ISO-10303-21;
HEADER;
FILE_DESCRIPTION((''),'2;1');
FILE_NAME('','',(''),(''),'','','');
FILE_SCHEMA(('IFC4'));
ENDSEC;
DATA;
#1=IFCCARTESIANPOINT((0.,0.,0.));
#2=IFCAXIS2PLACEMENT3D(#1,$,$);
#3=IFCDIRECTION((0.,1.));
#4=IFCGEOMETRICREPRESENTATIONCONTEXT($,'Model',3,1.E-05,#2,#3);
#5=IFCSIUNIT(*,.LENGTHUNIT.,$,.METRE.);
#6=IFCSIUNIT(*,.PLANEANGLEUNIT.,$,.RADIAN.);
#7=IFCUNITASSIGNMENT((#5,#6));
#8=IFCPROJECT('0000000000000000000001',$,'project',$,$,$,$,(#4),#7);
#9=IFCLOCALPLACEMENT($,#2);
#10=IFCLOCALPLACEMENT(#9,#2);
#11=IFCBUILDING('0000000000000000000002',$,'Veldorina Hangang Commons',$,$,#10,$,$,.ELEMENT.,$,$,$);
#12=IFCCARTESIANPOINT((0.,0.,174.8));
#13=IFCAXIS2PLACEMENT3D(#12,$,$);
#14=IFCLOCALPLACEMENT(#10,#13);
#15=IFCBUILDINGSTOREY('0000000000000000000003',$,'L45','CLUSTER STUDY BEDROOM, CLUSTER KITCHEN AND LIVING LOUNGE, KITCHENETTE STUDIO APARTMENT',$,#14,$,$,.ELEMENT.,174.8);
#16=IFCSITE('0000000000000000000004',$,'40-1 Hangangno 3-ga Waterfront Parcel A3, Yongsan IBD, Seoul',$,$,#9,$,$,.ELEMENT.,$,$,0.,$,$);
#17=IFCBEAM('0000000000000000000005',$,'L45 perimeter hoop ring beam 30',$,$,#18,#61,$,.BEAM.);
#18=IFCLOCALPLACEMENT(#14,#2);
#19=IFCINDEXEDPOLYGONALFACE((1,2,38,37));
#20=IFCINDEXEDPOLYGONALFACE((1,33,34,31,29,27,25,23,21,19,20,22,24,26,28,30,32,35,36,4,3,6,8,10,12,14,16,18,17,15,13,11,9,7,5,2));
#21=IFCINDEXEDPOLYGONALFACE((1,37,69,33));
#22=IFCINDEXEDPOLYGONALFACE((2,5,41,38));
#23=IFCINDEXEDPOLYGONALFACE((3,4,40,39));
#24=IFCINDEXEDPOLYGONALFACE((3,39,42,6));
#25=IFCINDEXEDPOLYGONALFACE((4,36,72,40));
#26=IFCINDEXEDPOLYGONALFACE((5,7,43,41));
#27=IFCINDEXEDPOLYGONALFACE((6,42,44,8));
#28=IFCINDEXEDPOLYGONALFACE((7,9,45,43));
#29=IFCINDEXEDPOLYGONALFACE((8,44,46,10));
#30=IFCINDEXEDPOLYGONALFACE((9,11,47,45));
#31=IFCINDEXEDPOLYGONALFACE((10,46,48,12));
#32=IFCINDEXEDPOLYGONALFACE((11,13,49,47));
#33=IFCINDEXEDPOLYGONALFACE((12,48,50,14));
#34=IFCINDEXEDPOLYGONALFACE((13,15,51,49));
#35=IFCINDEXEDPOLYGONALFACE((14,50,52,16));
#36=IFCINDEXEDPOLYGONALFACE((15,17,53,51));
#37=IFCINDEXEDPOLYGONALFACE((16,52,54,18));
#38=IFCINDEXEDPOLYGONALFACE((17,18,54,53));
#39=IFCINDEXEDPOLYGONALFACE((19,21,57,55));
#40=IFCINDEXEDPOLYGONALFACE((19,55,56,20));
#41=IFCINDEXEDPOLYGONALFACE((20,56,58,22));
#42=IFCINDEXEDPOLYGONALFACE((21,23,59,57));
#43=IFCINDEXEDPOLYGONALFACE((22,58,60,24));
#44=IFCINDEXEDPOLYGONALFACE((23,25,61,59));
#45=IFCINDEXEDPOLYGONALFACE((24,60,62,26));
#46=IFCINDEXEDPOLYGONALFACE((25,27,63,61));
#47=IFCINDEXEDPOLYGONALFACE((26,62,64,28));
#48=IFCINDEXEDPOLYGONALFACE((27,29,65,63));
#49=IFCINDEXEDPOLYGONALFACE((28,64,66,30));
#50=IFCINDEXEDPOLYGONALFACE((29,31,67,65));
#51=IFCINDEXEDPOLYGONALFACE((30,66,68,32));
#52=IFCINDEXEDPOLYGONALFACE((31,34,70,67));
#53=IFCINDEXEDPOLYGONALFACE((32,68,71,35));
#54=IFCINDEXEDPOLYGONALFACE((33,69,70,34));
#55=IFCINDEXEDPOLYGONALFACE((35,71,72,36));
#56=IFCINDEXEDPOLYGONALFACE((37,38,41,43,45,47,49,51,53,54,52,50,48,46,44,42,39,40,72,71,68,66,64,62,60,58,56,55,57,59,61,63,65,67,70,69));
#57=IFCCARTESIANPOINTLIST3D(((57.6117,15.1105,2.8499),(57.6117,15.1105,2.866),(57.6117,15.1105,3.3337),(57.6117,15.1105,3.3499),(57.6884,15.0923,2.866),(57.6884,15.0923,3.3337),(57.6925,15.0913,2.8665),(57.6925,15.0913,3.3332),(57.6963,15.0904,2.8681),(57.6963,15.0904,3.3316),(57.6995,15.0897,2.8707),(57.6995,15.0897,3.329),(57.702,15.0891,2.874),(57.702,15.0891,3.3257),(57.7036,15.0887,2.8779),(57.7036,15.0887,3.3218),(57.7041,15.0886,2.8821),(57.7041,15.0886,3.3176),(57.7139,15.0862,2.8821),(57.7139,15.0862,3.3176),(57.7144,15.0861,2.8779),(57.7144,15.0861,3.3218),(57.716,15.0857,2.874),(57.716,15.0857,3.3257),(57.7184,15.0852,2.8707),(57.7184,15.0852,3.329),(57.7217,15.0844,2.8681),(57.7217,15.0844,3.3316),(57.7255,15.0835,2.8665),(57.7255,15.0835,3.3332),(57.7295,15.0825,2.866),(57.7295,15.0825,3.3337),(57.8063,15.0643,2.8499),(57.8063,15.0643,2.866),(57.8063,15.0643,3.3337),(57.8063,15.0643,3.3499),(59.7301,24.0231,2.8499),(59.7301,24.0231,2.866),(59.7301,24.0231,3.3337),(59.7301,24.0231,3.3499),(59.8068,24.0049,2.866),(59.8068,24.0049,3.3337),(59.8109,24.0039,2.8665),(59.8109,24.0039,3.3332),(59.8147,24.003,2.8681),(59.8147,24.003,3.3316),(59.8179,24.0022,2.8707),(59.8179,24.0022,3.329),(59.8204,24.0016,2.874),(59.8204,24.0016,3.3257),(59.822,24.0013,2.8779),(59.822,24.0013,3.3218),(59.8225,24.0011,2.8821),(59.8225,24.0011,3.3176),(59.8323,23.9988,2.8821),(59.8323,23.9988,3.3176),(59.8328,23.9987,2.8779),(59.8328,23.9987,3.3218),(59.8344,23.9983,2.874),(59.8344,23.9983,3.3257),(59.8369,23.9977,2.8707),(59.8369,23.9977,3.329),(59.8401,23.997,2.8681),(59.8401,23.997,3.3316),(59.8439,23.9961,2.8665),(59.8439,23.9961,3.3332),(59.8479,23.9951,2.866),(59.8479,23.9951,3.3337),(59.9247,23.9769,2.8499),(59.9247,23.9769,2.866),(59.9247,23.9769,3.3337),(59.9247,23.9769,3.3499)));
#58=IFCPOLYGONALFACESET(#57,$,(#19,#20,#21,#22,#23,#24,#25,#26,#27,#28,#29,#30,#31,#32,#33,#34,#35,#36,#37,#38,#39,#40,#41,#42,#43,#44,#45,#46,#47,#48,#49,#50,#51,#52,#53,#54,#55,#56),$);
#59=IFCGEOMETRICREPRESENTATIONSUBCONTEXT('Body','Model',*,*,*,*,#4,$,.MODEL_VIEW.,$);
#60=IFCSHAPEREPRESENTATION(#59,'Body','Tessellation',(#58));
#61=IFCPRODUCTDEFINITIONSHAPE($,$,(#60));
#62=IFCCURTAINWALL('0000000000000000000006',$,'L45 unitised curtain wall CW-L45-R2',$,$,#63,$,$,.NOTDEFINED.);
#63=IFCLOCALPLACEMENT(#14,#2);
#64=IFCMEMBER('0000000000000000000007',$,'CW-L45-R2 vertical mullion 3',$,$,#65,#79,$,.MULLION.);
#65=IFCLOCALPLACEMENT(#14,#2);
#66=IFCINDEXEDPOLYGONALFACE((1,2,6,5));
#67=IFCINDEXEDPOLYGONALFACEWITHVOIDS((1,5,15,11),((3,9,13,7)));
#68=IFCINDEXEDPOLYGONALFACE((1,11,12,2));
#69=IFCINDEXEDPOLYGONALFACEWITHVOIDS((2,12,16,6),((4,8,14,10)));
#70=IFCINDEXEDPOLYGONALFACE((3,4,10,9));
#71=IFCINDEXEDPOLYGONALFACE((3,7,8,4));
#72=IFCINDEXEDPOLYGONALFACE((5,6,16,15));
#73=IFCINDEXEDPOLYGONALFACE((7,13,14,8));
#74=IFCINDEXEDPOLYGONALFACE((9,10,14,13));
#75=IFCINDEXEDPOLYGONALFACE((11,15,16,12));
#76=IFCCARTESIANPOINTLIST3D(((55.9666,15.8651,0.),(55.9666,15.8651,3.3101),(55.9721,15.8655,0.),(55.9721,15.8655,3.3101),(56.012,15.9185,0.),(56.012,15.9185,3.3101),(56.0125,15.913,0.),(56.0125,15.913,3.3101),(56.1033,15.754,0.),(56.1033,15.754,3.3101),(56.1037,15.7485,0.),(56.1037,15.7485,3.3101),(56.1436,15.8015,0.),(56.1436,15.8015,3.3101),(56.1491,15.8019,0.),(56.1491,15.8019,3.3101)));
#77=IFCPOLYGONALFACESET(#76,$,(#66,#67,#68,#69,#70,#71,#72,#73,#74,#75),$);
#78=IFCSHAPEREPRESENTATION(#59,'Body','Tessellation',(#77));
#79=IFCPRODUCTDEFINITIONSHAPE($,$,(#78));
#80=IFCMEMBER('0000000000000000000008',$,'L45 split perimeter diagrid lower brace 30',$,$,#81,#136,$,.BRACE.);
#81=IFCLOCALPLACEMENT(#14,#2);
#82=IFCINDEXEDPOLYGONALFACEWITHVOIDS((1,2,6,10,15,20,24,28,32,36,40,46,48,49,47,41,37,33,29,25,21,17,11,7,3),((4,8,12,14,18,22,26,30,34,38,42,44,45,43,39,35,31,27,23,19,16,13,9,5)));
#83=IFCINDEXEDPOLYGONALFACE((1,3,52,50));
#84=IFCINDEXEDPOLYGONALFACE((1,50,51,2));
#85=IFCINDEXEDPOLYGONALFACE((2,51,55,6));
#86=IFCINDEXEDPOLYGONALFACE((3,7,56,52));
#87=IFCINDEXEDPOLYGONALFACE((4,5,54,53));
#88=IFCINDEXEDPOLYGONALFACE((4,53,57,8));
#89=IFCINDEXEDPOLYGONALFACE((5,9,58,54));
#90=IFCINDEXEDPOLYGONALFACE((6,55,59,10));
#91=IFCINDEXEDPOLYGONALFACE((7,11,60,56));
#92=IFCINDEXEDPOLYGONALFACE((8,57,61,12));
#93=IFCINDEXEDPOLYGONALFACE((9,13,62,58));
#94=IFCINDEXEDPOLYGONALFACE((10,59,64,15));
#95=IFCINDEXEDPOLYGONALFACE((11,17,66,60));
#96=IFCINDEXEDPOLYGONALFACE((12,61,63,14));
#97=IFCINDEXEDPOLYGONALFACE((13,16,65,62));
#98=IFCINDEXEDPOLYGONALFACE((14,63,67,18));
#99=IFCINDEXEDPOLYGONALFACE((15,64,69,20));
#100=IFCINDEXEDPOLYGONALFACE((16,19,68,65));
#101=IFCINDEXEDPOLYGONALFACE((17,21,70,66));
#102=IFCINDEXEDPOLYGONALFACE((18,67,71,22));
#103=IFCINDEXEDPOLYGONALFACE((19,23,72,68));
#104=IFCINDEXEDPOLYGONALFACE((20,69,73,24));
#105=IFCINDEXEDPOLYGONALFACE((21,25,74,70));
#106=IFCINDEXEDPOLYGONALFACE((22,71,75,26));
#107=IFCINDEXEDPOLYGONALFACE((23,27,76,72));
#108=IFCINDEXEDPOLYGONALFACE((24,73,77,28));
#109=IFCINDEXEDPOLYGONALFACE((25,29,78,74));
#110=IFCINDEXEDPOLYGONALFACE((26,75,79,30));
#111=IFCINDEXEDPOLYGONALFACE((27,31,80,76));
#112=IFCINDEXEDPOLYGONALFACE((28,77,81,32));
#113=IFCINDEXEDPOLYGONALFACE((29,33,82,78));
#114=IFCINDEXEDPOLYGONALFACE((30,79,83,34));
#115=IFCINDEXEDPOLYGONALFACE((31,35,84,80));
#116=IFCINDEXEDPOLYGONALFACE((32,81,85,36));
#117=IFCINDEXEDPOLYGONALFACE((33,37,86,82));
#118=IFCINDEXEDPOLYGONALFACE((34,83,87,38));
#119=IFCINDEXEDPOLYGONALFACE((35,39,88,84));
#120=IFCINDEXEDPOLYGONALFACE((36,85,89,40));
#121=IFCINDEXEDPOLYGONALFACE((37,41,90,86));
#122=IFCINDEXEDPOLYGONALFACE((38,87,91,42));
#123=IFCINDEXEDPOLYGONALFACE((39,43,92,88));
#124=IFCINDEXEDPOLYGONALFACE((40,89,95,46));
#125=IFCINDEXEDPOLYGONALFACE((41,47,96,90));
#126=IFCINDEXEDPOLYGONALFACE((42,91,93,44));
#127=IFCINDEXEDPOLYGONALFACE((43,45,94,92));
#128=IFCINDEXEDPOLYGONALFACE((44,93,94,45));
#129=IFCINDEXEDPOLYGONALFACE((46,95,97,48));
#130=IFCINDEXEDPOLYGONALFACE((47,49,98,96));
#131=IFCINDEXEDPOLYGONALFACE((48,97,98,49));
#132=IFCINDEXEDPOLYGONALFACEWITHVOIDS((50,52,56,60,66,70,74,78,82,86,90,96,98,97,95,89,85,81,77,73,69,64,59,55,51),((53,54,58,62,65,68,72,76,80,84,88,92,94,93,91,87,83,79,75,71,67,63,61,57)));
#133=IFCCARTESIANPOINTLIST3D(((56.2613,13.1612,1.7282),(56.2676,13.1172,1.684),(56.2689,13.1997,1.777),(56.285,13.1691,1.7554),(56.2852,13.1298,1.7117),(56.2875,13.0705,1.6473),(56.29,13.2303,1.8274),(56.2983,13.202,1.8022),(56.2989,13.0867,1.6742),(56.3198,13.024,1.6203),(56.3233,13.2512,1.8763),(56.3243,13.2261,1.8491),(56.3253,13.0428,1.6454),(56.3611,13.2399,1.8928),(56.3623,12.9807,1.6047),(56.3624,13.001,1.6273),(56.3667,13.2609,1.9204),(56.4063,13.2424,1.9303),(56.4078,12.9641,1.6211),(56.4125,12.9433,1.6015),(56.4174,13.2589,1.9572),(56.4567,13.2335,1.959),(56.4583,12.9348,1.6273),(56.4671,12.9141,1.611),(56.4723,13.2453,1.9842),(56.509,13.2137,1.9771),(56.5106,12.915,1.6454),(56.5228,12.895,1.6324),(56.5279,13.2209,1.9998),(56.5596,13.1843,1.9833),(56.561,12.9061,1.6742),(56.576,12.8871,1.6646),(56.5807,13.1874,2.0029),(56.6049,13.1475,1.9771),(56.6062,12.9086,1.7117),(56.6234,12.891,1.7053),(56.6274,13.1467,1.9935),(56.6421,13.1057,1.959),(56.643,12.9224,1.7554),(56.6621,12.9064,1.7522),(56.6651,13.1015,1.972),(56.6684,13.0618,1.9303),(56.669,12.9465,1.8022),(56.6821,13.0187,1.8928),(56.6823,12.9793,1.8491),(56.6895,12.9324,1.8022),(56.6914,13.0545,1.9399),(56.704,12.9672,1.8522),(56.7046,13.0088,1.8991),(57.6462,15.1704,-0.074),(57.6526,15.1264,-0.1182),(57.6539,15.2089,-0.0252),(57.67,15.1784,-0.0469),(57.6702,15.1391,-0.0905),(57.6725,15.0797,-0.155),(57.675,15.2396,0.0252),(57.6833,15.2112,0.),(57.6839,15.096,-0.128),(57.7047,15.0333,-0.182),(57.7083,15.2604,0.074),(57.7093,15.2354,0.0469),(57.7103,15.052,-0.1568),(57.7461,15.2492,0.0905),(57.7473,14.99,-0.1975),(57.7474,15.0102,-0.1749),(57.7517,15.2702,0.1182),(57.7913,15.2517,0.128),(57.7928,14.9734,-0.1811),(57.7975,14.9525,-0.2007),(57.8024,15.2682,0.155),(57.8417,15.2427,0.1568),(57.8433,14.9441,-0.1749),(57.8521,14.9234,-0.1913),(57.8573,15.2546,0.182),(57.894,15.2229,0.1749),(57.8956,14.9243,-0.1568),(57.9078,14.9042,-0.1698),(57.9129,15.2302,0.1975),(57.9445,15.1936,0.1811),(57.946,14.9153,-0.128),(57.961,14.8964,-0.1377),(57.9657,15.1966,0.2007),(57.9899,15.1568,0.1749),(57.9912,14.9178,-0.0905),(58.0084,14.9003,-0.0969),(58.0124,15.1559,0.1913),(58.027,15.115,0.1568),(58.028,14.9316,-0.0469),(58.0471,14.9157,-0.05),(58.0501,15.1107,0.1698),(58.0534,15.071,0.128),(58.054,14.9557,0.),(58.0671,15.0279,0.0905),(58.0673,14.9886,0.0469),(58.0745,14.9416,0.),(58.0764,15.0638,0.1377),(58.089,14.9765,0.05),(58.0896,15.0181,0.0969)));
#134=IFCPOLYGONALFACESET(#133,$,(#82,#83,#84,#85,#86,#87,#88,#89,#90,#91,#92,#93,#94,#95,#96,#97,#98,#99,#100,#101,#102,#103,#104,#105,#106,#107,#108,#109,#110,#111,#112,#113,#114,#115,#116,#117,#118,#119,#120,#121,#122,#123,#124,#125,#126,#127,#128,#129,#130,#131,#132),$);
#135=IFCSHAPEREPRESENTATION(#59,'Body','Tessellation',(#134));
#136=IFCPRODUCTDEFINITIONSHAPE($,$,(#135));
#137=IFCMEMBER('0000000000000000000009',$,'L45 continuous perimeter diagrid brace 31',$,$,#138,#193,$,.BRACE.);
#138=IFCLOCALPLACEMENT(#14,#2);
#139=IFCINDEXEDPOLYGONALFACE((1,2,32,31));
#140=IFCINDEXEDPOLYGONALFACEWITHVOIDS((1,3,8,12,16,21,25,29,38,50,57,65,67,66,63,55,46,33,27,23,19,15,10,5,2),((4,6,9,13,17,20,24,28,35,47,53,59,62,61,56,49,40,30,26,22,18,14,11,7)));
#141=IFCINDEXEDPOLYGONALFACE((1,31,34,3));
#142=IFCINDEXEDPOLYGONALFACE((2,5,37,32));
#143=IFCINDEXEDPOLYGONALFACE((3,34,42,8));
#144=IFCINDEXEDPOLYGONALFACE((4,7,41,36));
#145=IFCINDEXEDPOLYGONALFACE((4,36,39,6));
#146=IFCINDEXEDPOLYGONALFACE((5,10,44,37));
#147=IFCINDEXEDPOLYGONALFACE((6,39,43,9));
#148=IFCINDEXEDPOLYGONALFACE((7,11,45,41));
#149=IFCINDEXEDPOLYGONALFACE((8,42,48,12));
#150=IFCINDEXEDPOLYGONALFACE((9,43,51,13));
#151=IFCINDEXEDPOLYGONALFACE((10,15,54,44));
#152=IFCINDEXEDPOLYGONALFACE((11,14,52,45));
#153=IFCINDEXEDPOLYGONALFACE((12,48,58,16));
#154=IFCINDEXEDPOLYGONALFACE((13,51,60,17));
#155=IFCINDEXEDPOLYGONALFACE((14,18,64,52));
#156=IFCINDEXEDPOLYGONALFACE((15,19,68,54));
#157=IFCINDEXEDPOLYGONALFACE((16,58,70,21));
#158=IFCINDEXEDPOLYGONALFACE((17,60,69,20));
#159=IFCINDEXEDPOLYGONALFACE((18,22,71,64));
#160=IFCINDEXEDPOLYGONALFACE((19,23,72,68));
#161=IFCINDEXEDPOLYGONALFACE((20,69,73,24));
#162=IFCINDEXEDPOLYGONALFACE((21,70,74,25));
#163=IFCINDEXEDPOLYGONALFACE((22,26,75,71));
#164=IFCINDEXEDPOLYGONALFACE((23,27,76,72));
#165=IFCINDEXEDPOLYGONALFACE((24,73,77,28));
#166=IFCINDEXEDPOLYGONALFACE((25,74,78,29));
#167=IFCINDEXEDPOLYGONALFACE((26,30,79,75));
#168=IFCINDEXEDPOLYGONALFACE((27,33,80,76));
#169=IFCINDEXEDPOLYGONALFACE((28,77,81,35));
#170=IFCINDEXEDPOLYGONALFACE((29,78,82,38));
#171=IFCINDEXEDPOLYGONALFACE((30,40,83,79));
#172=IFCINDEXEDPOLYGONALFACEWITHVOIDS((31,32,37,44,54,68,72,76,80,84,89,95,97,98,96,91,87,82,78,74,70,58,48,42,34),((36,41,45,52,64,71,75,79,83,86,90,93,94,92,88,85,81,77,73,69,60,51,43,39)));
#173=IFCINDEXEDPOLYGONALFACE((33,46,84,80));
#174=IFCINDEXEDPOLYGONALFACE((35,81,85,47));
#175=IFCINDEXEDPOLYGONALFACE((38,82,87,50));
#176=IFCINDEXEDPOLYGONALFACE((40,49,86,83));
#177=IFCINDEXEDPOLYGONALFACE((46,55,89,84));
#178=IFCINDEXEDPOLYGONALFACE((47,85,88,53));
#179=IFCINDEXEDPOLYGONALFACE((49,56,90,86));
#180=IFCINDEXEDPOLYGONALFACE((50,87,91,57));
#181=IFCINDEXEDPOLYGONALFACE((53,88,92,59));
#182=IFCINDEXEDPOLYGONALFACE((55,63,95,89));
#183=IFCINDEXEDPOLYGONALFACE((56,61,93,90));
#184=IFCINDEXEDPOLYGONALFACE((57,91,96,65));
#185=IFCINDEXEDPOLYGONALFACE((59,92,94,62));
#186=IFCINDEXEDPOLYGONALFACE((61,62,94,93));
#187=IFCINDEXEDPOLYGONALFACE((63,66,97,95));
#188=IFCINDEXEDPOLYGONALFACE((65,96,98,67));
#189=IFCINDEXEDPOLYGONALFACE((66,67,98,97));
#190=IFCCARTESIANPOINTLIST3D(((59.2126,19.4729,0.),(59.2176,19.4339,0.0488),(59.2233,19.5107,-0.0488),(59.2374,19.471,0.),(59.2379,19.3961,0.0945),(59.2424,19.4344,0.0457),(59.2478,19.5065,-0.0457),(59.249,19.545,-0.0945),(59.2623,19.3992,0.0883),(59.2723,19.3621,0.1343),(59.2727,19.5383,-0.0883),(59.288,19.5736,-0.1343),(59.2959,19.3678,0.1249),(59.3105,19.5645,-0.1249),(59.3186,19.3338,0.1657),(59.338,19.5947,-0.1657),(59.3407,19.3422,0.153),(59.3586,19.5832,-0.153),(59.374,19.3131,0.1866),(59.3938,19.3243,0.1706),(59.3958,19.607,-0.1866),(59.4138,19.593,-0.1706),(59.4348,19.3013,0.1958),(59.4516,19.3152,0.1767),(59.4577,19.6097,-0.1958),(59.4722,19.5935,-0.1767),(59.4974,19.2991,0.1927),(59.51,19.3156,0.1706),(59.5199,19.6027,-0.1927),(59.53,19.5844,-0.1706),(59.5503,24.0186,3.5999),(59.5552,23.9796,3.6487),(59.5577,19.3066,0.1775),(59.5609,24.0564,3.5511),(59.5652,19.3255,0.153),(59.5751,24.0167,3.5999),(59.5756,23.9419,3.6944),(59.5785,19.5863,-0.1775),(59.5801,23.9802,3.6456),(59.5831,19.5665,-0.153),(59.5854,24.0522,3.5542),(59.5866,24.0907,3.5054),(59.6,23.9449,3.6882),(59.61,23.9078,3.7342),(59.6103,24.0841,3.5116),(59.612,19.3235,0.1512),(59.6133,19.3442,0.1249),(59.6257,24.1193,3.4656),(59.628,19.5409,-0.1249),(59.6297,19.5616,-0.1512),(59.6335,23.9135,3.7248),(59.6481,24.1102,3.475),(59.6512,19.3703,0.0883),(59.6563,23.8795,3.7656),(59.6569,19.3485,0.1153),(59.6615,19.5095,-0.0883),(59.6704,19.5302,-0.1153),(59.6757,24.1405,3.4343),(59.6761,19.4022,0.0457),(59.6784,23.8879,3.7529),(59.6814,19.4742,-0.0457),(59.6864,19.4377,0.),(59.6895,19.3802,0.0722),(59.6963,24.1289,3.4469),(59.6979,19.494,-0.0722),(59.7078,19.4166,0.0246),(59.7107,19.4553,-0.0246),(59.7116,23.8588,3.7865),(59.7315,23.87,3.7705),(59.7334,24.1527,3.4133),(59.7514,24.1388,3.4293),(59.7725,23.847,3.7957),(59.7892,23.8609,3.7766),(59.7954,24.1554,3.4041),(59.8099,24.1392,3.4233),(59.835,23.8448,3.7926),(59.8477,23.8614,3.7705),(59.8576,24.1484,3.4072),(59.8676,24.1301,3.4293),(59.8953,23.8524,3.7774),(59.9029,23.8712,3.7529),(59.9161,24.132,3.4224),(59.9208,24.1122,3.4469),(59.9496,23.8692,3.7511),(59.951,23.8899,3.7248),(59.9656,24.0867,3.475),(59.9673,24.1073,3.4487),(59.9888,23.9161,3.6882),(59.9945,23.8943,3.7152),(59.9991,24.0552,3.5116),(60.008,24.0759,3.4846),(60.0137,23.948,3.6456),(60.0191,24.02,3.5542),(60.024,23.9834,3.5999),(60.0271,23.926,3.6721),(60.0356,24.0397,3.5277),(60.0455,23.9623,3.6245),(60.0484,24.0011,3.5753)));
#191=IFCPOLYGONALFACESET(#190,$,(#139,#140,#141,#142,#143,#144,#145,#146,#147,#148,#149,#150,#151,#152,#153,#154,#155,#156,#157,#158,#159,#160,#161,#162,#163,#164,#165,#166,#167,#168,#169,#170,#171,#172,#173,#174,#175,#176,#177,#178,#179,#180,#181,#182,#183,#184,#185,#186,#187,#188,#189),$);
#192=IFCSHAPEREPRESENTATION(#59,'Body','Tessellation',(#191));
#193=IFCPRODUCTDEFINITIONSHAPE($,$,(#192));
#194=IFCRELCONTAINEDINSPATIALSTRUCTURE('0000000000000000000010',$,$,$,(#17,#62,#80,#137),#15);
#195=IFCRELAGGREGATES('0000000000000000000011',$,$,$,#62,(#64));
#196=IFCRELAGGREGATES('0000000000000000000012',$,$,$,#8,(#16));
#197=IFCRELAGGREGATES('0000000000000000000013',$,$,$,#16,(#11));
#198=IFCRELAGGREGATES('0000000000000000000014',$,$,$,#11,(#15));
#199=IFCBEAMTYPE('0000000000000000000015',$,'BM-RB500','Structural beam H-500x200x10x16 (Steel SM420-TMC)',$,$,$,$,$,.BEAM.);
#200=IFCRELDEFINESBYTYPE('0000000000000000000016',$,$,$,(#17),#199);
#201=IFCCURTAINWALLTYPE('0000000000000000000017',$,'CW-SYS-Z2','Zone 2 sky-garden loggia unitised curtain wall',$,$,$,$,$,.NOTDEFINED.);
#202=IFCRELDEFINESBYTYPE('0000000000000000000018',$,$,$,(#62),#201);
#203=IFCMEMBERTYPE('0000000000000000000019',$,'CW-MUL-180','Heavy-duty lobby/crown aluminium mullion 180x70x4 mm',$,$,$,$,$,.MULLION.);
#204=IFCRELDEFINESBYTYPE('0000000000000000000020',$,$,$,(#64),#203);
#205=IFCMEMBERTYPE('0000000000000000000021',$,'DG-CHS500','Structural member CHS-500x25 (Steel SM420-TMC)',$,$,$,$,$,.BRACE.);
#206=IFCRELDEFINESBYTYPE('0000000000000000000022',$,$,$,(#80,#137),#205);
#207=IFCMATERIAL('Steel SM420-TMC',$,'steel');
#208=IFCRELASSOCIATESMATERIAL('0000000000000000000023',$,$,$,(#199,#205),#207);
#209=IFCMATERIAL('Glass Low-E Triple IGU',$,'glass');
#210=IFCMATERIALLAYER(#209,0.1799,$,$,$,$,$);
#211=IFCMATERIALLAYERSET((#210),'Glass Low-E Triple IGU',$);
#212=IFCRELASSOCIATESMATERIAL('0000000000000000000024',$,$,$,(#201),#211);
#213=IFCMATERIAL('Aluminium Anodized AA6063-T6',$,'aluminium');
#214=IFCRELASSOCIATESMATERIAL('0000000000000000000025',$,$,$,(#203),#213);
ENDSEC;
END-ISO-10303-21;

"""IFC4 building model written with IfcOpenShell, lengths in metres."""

from ifc_helpers import new_model, si_unit, direction, frame, origin, origin_2d, place, context, subcontext, project, spatial, hollow_rectangle, hollow_circle, i_section, extrude, material, layer, layer_set, material_profile, profile_set, type_object, element, aggregate, save


model = new_model("IFC4")

# Units and contexts
model_context = context("Model", 3, precision=1e-05, world=origin(), true_north=direction((0.0, 1.0)))
body_context = subcontext(model_context, "Body", "Model", "MODEL_VIEW")
ifc_project = project(units=[si_unit("LENGTHUNIT", "METRE"), si_unit("PLANEANGLEUNIT", "RADIAN")], contexts=[model_context])

# Site, building, storey
site_placement = place(None, origin())
site = spatial("IfcSite", under=ifc_project, at=site_placement, Name="40-1 Hangangno 3-ga Waterfront Parcel A3, Yongsan IBD, Seoul", CompositionType="ELEMENT", RefElevation=0.0)
building_placement = place(site_placement, origin())
building = spatial("IfcBuilding", under=site, at=building_placement, Name="Veldorina Hangang Commons", CompositionType="ELEMENT")
storey_placement = place(building_placement, frame((0.0, 0.0, 174.8)))
storey = spatial("IfcBuildingStorey", under=building, at=storey_placement, Name="L45", Description="CLUSTER STUDY BEDROOM, CLUSTER KITCHEN AND LIVING LOUNGE, KITCHENETTE STUDIO APARTMENT", CompositionType="ELEMENT", Elevation=174.8)

# Beam
ifc_material_1 = material(Name="Steel SM420-TMC", Category="steel")
ifc_material_profile_1 = material_profile(ifc_material_1, i_section(OverallWidth=0.2, OverallDepth=0.5, WebThickness=0.01, FlangeThickness=0.0161, FilletRadius=0.0161, at=origin_2d()), Name="H-500x200x10x16")
ifc_profile_set_1 = profile_set([ifc_material_profile_1], Name="Steel SM420-TMC")
beam_type = type_object("IfcBeamType", Name="BM-RB500", Description="Structural beam H-500x200x10x16 (Steel SM420-TMC)", PredefinedType="BEAM", material=ifc_profile_set_1)
beam_placement = place(storey_placement, frame((57.709, 15.0874, 3.0999), z_axis=(0.231245, 0.972896, 0.0), x_axis=(-0.972896, 0.231245, 0.0)))
element("IfcBeam", 1, at=beam_placement, inside=storey, type_object=beam_type, Name="L45 perimeter hoop ring beam 30", PredefinedType="BEAM", context=body_context, shape_type="SweptSolid", body=[
    extrude(i_section(OverallWidth=0.2, OverallDepth=0.5, WebThickness=0.01, FlangeThickness=0.0161, FilletRadius=0.0161, at=origin_2d()), origin(), (0.0, 0.0, 1.0), 9.1609),
])

# Curtain wall, member
ifc_material_2 = material(Name="Glass Low-E Triple IGU", Category="glass")
ifc_layer_1 = layer(ifc_material_2, 0.1799)
ifc_layer_set_1 = layer_set([ifc_layer_1], Name="Glass Low-E Triple IGU")
curtain_wall_type = type_object("IfcCurtainWallType", Name="CW-SYS-Z2", Description="Zone 2 sky-garden loggia unitised curtain wall", PredefinedType="NOTDEFINED", material=ifc_layer_set_1)
curtain_wall_placement = place(storey_placement, origin())
curtain_wall = element("IfcCurtainWall", 2, at=curtain_wall_placement, inside=storey, type_object=curtain_wall_type, Name="L45 unitised curtain wall CW-L45-R2", PredefinedType="NOTDEFINED")
ifc_material_3 = material(Name="Aluminium Anodized AA6063-T6", Category="aluminium")
ifc_material_profile_2 = material_profile(ifc_material_3, hollow_rectangle(XDim=0.0701, YDim=0.1799, WallThickness=0.0039, at=origin_2d()), Name="ALU-RHS-180x70x4")
ifc_profile_set_2 = profile_set([ifc_material_profile_2], Name="Aluminium Anodized AA6063-T6")
member_type_1 = type_object("IfcMemberType", Name="CW-MUL-180", Description="Heavy-duty lobby/crown aluminium mullion 180x70x4 mm", PredefinedType="MULLION", material=ifc_profile_set_2)
member_1_placement = place(storey_placement, frame((56.0579, 15.8335, 0.0), z_axis=(0.0, 0.0, 1.0), x_axis=(-0.647721, -0.761878, 0.0)))
member_1 = element("IfcMember", 3, at=member_1_placement, type_object=member_type_1, Name="CW-L45-R2 vertical mullion 3", PredefinedType="MULLION", context=body_context, shape_type="SweptSolid", body=[
    extrude(hollow_rectangle(XDim=0.0701, YDim=0.1799, WallThickness=0.0039, at=origin_2d()), origin(), (0.0, 0.0, 1.0), 3.3101),
])
aggregate(curtain_wall, [member_1])

# Members
ifc_material_profile_3 = material_profile(ifc_material_1, hollow_circle(Radius=0.25, WallThickness=0.0249, at=origin_2d()), Name="CHS-500x25")
ifc_profile_set_3 = profile_set([ifc_material_profile_3], Name="Steel SM420-TMC")
member_type_2 = type_object("IfcMemberType", Name="DG-CHS500", Description="Structural member CHS-500x25 (Steel SM420-TMC)", PredefinedType="BRACE", material=ifc_profile_set_3)
member_2_placement = place(storey_placement, frame((57.8687, 15.0835, 0.0), z_axis=(-0.456536, -0.662312, 0.594069), x_axis=(0.823347, -0.567539, 0.0)))
element("IfcMember", 4, at=member_2_placement, inside=storey, type_object=member_type_2, Name="L45 split perimeter diagrid lower brace 30", PredefinedType="BRACE", context=body_context, shape_type="SweptSolid", body=[
    extrude(hollow_circle(Radius=0.25, WallThickness=0.0249, at=origin_2d()), origin(), (0.0, 0.0, 1.0), 3.0337),
])
member_3_placement = place(storey_placement, frame((59.4619, 19.4543, 0.0), z_axis=(0.058132, 0.782618, 0.619781), x_axis=(-0.997253, 0.074075, 0.0)))
element("IfcMember", 5, at=member_3_placement, inside=storey, type_object=member_type_2, Name="L45 continuous perimeter diagrid brace 31", PredefinedType="BRACE", context=body_context, shape_type="SweptSolid", body=[
    extrude(hollow_circle(Radius=0.25, WallThickness=0.0249, at=origin_2d()), origin(), (0.0, 0.0, 1.0), 5.8083),
])

save(model, "model.ifc")
